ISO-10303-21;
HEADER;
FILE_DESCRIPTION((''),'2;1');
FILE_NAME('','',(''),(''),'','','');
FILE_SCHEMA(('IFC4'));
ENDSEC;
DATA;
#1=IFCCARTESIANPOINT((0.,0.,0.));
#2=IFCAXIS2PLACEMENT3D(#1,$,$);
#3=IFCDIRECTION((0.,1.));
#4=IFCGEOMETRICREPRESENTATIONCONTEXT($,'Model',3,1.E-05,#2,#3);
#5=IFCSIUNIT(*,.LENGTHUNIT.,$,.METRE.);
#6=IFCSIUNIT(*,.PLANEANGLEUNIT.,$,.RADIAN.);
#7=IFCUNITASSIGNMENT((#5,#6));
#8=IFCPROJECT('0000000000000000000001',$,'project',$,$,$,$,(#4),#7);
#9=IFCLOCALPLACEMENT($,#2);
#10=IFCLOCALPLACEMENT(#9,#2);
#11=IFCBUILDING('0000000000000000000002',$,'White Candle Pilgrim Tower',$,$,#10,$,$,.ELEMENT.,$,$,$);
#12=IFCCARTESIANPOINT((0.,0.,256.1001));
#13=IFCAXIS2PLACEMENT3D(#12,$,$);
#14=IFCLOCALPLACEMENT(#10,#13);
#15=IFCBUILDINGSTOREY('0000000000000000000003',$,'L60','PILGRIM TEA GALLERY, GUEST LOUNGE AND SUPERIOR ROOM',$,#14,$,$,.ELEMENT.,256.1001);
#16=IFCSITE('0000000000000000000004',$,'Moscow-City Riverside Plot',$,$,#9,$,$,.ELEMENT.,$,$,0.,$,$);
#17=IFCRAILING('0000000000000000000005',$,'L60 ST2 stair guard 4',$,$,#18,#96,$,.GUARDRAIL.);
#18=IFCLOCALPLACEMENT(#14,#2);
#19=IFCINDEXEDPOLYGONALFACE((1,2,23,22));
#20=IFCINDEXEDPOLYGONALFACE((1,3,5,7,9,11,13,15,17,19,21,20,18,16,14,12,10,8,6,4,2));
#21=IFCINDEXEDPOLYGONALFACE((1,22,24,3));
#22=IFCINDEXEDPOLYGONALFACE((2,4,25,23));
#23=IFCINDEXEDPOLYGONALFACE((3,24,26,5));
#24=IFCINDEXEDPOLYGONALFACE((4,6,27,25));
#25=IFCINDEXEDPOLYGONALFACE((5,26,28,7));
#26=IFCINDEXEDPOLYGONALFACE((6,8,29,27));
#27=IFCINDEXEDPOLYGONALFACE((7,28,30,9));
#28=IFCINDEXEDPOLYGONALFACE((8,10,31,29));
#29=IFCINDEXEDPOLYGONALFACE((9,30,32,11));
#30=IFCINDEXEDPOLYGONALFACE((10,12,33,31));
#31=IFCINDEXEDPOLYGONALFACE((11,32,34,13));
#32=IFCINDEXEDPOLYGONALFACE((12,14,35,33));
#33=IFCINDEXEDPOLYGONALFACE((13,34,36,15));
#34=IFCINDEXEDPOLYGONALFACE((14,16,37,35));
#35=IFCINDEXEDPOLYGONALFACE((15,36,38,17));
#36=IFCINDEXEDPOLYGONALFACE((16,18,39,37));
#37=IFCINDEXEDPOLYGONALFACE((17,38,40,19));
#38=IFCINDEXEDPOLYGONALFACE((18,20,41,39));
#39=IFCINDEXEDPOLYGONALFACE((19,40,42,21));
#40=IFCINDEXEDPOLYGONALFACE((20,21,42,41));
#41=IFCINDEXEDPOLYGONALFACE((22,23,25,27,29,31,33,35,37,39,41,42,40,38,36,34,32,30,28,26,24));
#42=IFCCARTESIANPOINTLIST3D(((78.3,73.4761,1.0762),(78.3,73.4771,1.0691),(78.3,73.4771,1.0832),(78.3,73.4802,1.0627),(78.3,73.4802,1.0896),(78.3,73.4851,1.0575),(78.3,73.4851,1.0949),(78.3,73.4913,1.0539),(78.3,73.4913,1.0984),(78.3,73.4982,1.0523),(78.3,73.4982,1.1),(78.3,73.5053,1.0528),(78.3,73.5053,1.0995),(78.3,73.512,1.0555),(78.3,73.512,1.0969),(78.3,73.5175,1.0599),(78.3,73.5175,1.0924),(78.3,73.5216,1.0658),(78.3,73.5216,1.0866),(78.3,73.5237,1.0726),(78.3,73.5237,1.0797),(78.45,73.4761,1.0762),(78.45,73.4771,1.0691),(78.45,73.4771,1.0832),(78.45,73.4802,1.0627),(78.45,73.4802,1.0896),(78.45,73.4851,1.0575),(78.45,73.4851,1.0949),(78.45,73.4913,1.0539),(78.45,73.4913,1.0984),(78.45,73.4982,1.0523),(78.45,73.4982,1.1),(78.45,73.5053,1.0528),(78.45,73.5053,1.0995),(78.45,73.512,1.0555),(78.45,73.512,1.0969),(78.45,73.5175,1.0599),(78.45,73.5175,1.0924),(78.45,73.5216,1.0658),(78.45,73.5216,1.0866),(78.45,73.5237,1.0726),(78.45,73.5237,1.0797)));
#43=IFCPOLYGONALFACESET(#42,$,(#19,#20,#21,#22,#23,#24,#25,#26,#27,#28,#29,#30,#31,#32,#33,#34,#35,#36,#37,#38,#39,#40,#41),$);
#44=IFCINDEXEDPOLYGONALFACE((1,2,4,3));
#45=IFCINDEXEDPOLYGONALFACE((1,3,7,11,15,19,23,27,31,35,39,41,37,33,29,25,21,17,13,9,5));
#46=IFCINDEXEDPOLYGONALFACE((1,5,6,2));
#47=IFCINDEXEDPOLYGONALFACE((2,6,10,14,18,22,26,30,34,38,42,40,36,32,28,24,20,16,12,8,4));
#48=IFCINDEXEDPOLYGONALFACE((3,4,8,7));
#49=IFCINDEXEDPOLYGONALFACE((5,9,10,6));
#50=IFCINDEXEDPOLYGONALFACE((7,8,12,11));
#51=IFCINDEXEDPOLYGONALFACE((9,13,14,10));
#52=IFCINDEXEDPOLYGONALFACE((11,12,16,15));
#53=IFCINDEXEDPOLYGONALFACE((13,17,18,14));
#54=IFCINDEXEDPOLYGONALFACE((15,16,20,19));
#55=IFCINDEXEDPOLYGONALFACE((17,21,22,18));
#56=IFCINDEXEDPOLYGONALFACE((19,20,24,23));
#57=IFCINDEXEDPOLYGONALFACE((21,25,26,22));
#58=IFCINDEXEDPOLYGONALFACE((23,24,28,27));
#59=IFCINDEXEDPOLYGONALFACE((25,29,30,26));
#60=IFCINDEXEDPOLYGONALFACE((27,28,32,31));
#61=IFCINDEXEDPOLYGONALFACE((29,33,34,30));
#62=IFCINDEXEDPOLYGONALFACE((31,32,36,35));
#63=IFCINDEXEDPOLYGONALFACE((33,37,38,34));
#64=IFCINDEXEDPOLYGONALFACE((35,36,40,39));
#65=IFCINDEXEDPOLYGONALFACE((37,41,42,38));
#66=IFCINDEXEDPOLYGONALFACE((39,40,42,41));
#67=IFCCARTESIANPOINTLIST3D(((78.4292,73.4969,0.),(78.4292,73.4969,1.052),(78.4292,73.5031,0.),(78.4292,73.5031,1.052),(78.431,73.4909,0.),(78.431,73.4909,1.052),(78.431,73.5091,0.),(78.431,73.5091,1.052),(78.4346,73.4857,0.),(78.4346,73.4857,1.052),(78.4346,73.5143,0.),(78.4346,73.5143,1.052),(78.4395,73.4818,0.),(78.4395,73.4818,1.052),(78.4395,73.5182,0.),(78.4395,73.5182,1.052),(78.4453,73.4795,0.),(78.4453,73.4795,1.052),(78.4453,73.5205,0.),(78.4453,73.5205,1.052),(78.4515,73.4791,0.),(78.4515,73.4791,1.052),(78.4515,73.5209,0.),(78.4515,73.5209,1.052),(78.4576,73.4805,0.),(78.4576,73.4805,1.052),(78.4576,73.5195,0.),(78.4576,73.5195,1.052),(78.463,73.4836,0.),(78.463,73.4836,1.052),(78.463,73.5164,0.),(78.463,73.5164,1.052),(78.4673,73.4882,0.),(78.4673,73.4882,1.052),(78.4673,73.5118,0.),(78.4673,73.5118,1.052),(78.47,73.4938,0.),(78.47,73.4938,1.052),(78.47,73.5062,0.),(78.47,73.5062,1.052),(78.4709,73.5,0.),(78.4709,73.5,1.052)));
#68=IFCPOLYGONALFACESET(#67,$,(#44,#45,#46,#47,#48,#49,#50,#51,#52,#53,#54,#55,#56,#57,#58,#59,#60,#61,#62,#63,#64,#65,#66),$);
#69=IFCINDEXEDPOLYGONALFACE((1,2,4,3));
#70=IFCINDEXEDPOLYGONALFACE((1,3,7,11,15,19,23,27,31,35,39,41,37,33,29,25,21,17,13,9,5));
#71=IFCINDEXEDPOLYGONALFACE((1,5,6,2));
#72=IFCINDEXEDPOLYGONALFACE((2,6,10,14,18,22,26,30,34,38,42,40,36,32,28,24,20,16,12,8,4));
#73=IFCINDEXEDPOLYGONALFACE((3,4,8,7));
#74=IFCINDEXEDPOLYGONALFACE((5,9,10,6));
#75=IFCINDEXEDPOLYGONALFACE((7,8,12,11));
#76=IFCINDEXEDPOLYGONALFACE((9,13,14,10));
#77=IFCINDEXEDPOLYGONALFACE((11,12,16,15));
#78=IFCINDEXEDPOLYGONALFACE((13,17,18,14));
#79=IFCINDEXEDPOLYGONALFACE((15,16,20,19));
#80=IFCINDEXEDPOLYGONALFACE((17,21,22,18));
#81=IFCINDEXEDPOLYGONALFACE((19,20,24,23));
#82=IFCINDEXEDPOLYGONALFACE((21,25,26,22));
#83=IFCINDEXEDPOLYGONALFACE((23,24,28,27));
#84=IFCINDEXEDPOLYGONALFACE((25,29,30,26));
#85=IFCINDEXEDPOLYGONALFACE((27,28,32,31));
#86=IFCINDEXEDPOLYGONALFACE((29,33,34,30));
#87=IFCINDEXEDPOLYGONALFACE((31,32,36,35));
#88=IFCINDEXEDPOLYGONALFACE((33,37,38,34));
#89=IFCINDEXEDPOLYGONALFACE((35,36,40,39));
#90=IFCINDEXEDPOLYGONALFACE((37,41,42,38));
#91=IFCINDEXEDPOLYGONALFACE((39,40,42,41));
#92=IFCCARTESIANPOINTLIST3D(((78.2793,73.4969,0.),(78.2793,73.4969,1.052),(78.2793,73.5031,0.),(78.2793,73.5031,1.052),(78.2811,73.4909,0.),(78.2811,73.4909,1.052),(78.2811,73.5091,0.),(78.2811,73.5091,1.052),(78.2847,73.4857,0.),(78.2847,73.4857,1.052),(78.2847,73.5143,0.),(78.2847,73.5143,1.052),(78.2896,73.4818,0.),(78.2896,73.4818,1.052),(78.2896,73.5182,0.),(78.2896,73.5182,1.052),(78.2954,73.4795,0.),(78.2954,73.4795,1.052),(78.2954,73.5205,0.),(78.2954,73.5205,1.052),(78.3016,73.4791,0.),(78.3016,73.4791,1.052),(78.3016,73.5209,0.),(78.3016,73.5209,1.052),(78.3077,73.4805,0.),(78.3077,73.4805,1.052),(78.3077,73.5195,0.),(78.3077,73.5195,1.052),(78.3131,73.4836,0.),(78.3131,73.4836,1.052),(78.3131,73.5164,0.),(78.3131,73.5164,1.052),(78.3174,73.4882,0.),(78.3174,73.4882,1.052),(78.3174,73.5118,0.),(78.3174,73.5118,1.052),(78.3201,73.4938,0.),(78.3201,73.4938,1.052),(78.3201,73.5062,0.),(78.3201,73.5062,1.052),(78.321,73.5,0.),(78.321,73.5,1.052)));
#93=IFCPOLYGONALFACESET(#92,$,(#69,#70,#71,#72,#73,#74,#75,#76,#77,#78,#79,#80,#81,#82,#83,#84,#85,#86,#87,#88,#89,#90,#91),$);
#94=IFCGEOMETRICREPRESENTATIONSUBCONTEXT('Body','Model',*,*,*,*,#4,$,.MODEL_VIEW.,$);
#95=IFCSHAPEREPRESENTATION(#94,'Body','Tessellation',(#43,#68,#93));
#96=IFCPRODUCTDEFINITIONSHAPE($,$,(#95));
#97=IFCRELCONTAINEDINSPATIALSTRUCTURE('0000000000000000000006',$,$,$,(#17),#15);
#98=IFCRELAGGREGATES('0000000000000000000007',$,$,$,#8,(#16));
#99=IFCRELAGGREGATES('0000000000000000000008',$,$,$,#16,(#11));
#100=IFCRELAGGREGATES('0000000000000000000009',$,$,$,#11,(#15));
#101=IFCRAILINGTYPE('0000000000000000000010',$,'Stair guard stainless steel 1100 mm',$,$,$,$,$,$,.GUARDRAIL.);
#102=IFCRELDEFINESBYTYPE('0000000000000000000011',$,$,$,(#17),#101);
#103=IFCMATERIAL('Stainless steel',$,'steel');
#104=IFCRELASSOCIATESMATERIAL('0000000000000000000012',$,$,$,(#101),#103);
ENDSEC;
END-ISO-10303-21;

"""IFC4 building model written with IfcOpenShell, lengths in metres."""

from ifc_helpers import new_model, si_unit, direction, frame, origin, origin_2d, place, context, subcontext, project, spatial, circle, extrude, material, type_object, element, save


model = new_model("IFC4")

# Units and contexts
model_context = context("Model", 3, precision=1e-05, world=origin(), true_north=direction((0.0, 1.0)))
body_context = subcontext(model_context, "Body", "Model", "MODEL_VIEW")
ifc_project = project(units=[si_unit("LENGTHUNIT", "METRE"), si_unit("PLANEANGLEUNIT", "RADIAN")], contexts=[model_context])

# Site, building, storey
site_placement = place(None, origin())
site = spatial("IfcSite", under=ifc_project, at=site_placement, Name="Moscow-City Riverside Plot", CompositionType="ELEMENT", RefElevation=0.0)
building_placement = place(site_placement, origin())
building = spatial("IfcBuilding", under=site, at=building_placement, Name="White Candle Pilgrim Tower", CompositionType="ELEMENT")
storey_placement = place(building_placement, frame((0.0, 0.0, 256.1001)))
storey = spatial("IfcBuildingStorey", under=building, at=storey_placement, Name="L60", Description="PILGRIM TEA GALLERY, GUEST LOUNGE AND SUPERIOR ROOM", CompositionType="ELEMENT", Elevation=256.1001)

# Railing
ifc_material_1 = material(Name="Stainless steel", Category="steel")
railing_type_1 = type_object("IfcRailingType", Name="Stair guard stainless steel 1100 mm", PredefinedType="GUARDRAIL", material=ifc_material_1)
railing_1_placement = place(storey_placement, frame((78.45, 73.5, 0.0)))
element("IfcRailing", 1, at=railing_1_placement, inside=storey, type_object=railing_type_1, Name="L60 ST2 stair guard 4", PredefinedType="GUARDRAIL", context=body_context, shape_type="SweptSolid", body=[
    extrude(circle(Radius=0.0239, at=origin_2d()), frame((0.0, 0.0, 1.0762), z_axis=(-1.0, 0.0, 0.0), x_axis=(0.0, -1.0, 0.0)), (0.0, 0.0, 1.0), 0.1499),
    extrude(circle(Radius=0.021, at=origin_2d()), origin(), (0.0, 0.0, 1.0), 1.052),
    extrude(circle(Radius=0.021, at=origin_2d()), frame((-0.1499, 0.0, 0.0)), (0.0, 0.0, 1.0), 1.052),
])

save(model, "model.ifc")
